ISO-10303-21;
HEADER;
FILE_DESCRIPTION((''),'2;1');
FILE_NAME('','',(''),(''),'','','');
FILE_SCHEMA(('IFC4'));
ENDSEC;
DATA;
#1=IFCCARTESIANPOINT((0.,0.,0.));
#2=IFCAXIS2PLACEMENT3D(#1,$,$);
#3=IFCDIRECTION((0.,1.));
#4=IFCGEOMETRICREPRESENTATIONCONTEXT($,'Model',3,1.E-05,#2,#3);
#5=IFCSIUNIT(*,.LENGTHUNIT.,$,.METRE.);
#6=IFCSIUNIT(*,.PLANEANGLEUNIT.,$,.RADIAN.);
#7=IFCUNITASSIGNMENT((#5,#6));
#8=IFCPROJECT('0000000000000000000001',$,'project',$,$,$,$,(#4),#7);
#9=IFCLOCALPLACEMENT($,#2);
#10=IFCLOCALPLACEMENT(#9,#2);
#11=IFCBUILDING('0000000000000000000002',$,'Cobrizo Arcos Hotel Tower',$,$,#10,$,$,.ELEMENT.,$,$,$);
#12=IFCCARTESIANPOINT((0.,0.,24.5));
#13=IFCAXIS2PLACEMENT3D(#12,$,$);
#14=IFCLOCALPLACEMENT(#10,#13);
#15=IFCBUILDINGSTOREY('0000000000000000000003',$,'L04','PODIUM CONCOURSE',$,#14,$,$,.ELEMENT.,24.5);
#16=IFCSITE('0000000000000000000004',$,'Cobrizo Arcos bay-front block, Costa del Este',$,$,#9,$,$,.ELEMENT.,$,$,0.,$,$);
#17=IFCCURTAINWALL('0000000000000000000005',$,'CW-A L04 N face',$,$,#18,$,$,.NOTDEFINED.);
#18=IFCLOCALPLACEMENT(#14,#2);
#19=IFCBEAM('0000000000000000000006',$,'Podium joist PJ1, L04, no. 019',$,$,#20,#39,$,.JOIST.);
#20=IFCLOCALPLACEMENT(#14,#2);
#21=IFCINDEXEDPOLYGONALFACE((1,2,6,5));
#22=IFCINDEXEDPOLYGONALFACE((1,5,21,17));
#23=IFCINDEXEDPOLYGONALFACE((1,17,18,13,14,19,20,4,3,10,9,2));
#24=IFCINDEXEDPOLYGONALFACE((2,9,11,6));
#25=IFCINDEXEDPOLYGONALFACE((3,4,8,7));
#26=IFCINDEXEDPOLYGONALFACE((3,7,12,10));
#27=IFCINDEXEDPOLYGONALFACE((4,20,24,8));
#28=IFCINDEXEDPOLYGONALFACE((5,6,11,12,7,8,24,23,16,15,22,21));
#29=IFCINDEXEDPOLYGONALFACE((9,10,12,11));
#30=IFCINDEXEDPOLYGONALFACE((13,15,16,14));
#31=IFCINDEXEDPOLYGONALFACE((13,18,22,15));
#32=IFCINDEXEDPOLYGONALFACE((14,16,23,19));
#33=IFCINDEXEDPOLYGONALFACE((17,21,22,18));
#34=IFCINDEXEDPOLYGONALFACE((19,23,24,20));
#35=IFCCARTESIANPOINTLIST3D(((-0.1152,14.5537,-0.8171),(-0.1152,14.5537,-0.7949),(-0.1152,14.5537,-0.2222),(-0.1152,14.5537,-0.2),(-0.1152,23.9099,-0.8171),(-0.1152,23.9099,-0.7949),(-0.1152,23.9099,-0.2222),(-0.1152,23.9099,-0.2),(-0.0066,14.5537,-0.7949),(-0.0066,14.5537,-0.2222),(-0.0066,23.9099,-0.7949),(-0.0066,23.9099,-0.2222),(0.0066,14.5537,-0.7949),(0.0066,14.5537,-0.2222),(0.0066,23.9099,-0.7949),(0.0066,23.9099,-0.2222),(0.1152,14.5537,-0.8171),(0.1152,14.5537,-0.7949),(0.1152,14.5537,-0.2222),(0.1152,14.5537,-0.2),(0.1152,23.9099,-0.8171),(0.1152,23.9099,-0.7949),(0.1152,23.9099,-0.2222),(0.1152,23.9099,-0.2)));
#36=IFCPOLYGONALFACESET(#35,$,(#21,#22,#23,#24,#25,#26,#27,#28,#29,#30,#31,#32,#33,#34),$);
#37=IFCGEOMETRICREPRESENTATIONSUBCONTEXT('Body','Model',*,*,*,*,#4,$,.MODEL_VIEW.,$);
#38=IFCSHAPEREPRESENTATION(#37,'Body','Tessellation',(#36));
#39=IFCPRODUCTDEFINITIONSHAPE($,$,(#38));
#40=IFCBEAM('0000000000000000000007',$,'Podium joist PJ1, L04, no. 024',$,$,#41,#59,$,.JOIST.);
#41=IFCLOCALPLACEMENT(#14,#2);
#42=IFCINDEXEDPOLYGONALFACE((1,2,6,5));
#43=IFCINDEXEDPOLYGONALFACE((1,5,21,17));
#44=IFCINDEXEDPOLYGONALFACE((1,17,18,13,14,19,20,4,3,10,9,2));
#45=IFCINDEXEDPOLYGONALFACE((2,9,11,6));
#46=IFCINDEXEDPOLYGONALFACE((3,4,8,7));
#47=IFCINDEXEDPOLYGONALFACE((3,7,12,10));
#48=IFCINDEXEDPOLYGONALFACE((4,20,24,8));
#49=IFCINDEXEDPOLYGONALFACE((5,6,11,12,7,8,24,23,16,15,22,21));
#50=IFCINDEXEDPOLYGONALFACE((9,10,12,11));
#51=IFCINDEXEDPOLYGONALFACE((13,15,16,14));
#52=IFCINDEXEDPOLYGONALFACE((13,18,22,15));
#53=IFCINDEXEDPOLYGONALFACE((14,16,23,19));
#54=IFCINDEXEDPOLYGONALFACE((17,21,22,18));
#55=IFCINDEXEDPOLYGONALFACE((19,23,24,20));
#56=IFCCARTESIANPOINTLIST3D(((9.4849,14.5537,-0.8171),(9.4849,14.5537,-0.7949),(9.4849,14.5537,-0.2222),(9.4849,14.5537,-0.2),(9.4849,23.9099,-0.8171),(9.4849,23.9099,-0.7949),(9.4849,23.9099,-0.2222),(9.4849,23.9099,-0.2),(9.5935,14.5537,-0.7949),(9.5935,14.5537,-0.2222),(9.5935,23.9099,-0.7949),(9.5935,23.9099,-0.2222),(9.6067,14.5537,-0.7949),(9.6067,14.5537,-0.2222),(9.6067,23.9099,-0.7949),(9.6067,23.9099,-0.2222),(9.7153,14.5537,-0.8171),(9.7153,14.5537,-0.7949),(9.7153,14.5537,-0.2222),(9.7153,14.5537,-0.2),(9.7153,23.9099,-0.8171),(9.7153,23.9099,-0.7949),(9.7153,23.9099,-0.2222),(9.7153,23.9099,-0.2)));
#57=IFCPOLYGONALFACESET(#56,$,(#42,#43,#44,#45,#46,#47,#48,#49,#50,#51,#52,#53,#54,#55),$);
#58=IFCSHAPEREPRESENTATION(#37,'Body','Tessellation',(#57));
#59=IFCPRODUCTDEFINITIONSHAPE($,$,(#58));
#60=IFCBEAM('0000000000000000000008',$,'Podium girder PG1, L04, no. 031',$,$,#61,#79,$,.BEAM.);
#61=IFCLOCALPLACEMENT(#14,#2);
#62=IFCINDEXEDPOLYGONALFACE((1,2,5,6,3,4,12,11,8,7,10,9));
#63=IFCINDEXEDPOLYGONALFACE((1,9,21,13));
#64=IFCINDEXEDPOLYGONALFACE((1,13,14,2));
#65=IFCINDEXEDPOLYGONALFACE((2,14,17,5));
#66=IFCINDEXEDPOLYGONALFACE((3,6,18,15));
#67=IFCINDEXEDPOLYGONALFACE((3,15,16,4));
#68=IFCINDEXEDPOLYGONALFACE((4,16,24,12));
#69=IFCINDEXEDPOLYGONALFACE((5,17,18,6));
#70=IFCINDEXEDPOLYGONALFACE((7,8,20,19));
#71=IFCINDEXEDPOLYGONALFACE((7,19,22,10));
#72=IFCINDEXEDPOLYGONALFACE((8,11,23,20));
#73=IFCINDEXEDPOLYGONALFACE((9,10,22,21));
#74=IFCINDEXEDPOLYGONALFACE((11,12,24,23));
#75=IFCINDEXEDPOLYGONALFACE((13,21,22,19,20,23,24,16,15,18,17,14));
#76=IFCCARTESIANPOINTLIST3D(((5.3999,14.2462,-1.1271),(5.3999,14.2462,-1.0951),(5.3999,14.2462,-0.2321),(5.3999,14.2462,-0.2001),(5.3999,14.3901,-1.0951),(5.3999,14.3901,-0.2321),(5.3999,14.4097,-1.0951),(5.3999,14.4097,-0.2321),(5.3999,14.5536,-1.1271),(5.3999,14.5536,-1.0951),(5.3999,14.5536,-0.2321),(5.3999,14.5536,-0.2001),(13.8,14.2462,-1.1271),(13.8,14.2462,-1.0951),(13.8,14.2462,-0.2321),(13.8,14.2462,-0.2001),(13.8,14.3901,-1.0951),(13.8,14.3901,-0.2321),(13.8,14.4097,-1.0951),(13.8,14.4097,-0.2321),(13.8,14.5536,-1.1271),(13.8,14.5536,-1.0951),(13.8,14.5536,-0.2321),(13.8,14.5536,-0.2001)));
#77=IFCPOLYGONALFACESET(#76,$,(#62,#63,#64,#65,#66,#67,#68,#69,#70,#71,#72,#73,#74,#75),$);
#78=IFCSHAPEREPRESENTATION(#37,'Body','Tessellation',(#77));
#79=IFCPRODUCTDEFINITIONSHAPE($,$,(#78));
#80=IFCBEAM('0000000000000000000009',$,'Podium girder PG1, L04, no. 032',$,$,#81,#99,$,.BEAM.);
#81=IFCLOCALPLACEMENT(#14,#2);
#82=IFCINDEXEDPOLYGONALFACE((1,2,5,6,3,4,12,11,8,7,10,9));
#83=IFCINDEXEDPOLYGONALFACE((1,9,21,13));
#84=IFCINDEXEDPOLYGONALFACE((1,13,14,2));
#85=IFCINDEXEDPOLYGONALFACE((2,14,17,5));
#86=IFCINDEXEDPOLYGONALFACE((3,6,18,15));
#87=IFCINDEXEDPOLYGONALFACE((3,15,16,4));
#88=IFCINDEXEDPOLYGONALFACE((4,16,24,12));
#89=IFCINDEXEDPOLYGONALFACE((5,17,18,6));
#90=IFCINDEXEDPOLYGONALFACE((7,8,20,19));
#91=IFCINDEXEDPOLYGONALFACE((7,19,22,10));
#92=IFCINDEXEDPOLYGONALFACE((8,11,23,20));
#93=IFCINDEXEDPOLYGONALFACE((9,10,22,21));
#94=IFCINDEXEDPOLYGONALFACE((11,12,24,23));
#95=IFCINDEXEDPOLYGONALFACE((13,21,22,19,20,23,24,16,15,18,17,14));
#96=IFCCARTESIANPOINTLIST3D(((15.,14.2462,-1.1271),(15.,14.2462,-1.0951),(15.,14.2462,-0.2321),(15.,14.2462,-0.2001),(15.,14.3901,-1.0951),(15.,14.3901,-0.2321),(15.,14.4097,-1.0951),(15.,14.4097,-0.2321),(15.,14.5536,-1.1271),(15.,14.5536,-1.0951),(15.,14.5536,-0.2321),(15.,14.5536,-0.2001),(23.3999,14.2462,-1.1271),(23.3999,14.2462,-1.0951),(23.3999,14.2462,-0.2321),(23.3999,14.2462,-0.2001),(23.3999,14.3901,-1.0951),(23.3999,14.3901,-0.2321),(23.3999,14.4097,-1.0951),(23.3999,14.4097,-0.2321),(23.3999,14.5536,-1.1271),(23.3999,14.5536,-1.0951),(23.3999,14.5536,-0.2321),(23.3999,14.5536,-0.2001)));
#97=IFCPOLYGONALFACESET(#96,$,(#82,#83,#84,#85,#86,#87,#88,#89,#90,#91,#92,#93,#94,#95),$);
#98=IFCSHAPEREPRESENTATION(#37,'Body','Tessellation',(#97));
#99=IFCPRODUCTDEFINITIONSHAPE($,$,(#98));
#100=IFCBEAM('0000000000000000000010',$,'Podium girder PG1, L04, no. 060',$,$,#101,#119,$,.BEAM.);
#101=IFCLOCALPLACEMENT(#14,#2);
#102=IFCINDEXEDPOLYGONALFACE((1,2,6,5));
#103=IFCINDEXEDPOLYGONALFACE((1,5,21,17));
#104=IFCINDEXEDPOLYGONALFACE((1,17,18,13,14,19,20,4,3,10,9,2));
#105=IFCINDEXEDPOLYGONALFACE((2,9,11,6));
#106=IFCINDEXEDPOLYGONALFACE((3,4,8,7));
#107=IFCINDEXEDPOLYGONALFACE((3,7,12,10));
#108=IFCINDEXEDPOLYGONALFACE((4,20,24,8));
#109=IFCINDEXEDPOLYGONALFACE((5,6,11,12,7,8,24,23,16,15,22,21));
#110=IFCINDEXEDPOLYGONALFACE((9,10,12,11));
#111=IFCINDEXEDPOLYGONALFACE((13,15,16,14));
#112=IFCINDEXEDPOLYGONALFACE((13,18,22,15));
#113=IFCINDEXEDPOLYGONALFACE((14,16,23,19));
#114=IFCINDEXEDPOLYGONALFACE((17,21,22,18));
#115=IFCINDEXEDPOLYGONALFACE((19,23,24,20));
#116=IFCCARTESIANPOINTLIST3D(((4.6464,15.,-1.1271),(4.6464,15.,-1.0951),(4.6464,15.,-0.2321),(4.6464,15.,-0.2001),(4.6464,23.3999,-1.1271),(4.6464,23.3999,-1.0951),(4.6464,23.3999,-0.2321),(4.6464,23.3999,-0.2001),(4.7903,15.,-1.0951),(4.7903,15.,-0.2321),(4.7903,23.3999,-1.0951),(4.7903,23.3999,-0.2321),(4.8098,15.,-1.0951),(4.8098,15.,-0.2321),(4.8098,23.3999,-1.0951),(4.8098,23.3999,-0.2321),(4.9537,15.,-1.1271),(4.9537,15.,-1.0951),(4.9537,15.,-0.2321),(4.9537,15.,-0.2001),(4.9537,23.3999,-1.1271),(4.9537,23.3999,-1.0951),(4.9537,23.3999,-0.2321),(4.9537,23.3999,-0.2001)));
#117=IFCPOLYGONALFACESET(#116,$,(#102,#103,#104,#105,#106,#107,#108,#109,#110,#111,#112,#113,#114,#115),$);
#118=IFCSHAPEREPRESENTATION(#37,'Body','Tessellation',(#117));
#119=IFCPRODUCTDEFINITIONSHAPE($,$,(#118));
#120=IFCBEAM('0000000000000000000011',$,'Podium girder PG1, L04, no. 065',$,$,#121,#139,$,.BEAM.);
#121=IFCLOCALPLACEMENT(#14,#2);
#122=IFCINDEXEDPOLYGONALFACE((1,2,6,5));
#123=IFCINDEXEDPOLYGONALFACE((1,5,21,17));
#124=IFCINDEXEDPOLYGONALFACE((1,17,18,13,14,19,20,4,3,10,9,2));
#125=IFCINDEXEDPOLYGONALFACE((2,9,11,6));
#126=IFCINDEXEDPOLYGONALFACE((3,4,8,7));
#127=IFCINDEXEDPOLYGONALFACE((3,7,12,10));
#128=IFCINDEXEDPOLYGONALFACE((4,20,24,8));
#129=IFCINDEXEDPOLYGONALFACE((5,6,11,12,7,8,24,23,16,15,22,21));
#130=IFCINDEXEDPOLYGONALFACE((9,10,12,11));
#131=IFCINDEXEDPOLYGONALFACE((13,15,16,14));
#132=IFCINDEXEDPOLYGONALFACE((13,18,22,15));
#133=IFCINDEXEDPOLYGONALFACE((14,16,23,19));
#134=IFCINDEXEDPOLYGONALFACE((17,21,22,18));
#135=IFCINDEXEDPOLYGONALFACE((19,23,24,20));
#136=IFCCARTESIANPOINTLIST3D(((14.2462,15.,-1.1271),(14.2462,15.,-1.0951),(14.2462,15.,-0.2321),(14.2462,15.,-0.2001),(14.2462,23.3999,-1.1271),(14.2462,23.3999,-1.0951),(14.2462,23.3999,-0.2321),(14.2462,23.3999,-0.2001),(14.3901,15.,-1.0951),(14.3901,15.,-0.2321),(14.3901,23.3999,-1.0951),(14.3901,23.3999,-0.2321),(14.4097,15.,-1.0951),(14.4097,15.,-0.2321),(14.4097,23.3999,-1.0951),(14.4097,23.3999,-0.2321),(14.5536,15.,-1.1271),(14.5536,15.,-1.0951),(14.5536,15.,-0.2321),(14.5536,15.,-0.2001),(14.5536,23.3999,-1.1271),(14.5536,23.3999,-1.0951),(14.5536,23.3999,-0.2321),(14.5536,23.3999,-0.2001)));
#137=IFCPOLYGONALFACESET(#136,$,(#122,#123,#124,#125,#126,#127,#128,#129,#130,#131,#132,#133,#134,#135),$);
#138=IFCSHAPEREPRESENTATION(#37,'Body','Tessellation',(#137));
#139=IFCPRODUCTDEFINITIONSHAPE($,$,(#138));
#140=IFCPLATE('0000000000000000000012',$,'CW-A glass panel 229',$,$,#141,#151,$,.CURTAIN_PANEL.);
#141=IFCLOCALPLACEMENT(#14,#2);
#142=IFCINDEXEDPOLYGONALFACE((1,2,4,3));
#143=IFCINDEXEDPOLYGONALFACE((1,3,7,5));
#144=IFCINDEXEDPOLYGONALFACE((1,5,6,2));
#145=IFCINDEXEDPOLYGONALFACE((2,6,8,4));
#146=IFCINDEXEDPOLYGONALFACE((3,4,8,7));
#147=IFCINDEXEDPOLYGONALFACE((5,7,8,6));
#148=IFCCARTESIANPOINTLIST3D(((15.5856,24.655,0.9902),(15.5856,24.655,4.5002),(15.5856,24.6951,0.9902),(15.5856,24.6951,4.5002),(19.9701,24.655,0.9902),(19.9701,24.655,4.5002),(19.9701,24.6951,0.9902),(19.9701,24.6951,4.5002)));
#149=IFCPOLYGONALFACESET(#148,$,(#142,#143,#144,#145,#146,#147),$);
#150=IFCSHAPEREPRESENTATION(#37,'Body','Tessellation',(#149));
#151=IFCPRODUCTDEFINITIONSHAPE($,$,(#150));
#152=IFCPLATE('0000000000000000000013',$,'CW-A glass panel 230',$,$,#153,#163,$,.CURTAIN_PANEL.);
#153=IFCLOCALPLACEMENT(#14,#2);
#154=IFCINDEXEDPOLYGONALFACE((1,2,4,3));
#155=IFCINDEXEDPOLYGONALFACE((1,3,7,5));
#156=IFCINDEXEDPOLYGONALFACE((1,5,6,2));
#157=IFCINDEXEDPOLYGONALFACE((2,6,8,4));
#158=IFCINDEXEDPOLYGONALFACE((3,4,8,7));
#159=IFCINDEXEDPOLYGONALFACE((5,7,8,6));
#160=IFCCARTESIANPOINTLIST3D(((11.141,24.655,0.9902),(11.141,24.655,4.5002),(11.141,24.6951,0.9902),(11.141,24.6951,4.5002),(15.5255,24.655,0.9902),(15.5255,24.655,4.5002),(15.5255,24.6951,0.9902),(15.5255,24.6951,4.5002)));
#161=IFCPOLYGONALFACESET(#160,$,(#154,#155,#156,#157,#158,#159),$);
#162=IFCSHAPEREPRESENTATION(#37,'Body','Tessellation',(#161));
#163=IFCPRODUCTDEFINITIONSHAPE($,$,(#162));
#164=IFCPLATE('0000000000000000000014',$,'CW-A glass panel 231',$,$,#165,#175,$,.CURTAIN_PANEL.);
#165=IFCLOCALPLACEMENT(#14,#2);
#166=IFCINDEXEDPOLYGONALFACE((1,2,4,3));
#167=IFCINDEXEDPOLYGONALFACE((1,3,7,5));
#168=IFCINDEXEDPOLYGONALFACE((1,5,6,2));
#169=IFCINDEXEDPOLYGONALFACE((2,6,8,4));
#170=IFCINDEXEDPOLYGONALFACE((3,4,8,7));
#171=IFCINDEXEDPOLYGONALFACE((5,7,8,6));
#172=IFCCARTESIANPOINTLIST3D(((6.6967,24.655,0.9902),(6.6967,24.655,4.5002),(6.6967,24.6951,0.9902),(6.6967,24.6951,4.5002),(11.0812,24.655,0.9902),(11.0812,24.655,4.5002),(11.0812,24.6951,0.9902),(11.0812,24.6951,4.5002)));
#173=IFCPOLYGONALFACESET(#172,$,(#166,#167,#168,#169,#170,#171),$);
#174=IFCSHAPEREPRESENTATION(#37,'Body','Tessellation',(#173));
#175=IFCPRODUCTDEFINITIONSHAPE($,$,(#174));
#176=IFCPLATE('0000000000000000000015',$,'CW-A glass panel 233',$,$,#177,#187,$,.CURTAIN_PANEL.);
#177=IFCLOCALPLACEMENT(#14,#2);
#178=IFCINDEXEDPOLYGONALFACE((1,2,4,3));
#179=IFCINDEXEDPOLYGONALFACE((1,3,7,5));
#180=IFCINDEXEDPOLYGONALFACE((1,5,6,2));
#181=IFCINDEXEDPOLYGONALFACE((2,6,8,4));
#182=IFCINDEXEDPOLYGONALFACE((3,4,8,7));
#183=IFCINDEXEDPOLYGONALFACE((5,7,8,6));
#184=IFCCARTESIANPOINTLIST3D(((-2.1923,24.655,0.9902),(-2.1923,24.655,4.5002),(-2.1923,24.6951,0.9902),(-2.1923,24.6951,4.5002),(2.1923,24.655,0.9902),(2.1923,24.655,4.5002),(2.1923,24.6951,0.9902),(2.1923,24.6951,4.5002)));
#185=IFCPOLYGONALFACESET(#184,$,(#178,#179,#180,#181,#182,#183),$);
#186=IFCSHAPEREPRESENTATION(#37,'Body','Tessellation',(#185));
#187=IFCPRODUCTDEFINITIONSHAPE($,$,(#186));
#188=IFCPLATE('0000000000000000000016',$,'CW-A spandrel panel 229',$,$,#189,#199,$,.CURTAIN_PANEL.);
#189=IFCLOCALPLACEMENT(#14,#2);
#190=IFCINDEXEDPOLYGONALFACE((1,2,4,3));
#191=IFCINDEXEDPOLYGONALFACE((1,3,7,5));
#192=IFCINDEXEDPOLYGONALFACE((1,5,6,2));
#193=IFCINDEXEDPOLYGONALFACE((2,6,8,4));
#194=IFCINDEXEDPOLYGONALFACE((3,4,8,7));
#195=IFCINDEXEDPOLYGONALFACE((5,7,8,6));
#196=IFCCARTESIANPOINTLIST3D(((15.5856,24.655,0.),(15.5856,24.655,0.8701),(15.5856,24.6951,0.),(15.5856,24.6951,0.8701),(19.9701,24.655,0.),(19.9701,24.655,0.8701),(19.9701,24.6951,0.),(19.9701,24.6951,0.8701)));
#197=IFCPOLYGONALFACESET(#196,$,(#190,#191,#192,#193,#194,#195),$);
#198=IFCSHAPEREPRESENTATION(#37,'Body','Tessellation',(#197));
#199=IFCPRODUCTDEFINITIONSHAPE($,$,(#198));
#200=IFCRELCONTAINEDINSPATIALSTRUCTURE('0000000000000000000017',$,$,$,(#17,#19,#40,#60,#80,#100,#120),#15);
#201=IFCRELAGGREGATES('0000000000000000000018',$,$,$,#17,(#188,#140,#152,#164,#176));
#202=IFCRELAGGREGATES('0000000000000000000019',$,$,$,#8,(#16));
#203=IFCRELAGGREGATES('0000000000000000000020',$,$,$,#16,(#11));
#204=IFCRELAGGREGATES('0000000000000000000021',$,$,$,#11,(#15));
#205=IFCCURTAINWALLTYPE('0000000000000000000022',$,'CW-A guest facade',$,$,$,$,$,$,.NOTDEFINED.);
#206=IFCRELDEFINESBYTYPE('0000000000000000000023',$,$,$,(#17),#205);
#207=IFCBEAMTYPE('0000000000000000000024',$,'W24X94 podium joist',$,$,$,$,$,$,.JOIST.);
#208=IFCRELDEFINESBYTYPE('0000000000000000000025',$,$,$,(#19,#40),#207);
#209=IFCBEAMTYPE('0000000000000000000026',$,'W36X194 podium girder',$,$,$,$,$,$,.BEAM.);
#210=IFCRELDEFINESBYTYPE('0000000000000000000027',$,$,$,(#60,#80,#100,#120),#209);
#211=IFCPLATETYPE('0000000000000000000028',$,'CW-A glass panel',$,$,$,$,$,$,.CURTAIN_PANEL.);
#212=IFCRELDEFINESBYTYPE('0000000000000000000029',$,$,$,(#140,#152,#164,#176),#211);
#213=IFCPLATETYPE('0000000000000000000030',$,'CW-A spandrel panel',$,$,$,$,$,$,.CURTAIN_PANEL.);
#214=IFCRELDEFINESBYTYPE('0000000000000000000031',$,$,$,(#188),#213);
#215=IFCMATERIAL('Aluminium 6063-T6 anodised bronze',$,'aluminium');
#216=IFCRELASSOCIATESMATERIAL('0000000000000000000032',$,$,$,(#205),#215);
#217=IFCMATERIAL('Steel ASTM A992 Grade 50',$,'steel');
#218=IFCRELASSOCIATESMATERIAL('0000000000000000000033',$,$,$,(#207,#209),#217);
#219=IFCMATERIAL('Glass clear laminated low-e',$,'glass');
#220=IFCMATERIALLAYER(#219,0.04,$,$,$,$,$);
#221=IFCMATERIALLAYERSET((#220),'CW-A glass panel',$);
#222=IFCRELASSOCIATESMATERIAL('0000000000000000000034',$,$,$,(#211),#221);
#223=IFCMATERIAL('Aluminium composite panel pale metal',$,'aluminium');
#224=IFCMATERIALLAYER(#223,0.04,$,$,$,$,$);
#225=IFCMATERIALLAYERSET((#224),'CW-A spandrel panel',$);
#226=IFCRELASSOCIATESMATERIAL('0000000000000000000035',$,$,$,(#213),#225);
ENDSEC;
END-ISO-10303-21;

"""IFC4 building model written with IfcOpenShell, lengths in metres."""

from ifc_helpers import new_model, si_unit, direction, frame, origin, origin_2d, place, context, subcontext, project, spatial, rectangle, i_section, extrude, material, layer, layer_set, material_profile, profile_set, type_object, element, aggregate, save


model = new_model("IFC4")

# Units and contexts
model_context = context("Model", 3, precision=1e-05, world=origin(), true_north=direction((0.0, 1.0)))
body_context = subcontext(model_context, "Body", "Model", "MODEL_VIEW")
ifc_project = project(units=[si_unit("LENGTHUNIT", "METRE"), si_unit("PLANEANGLEUNIT", "RADIAN")], contexts=[model_context])

# Site, building, storey
site_placement = place(None, origin())
site = spatial("IfcSite", under=ifc_project, at=site_placement, Name="Cobrizo Arcos bay-front block, Costa del Este", CompositionType="ELEMENT", RefElevation=0.0)
building_placement = place(site_placement, origin())
building = spatial("IfcBuilding", under=site, at=building_placement, Name="Cobrizo Arcos Hotel Tower", CompositionType="ELEMENT")
storey_placement = place(building_placement, frame((0.0, 0.0, 24.5)))
storey = spatial("IfcBuildingStorey", under=building, at=storey_placement, Name="L04", Description="PODIUM CONCOURSE", CompositionType="ELEMENT", Elevation=24.5)

# Curtain wall
ifc_material_1 = material(Name="Aluminium 6063-T6 anodised bronze", Category="aluminium")
curtain_wall_type = type_object("IfcCurtainWallType", Name="CW-A guest facade", PredefinedType="NOTDEFINED", material=ifc_material_1)
curtain_wall_placement = place(storey_placement, origin())
curtain_wall = element("IfcCurtainWall", 1, at=curtain_wall_placement, inside=storey, type_object=curtain_wall_type, Name="CW-A L04 N face", PredefinedType="NOTDEFINED")

# Beams
ifc_material_2 = material(Name="Steel ASTM A992 Grade 50", Category="steel")
ifc_material_profile_1 = material_profile(ifc_material_2, i_section(OverallWidth=0.2305, OverallDepth=0.6172, WebThickness=0.0132, FlangeThickness=0.0222, at=origin_2d()), Name="W24X94")
ifc_profile_set_1 = profile_set([ifc_material_profile_1], Name="Steel ASTM A992 Grade 50")
beam_type_1 = type_object("IfcBeamType", Name="W24X94 podium joist", PredefinedType="JOIST", material=ifc_profile_set_1)
for number, where, z_axis, x_axis, name in (
    (2, (0.0, 14.5537, -0.5085), (0.0, 1.0, 0.0), (-1.0, 0.0, 0.0), "Podium joist PJ1, L04, no. 019"),
    (3, (9.6001, 14.5537, -0.5085), (0.0, 1.0, 0.0), (-1.0, 0.0, 0.0), "Podium joist PJ1, L04, no. 024"),
):
    element("IfcBeam", number, at=place(storey_placement, frame(where, z_axis=z_axis, x_axis=x_axis)), inside=storey, type_object=beam_type_1, Name=name, PredefinedType="JOIST", context=body_context, shape_type="SweptSolid", body=[
        extrude(i_section(OverallWidth=0.2305, OverallDepth=0.6172, WebThickness=0.0132, FlangeThickness=0.0222, at=origin_2d()), origin(), (0.0, 0.0, 1.0), 9.3562),
    ])
ifc_material_profile_2 = material_profile(ifc_material_2, i_section(OverallWidth=0.3074, OverallDepth=0.927, WebThickness=0.0195, FlangeThickness=0.032, at=origin_2d()), Name="W36X194")
ifc_profile_set_2 = profile_set([ifc_material_profile_2], Name="Steel ASTM A992 Grade 50")
beam_type_2 = type_object("IfcBeamType", Name="W36X194 podium girder", PredefinedType="BEAM", material=ifc_profile_set_2)
beam_1_placement = place(storey_placement, frame((5.3999, 14.3999, -0.6636), z_axis=(1.0, 0.0, 0.0), x_axis=(0.0, 1.0, 0.0)))
element("IfcBeam", 4, at=beam_1_placement, inside=storey, type_object=beam_type_2, Name="Podium girder PG1, L04, no. 031", PredefinedType="BEAM", context=body_context, shape_type="SweptSolid", body=[
    extrude(i_section(OverallWidth=0.3074, OverallDepth=0.927, WebThickness=0.0195, FlangeThickness=0.032, at=origin_2d()), origin(), (0.0, 0.0, 1.0), 8.4001),
])
for number, where, z_axis, x_axis, name in (
    (5, (15.0, 14.3999, -0.6636), (1.0, 0.0, 0.0), (0.0, 1.0, 0.0), "Podium girder PG1, L04, no. 032"),
    (6, (4.8, 15.0, -0.6636), (0.0, 1.0, 0.0), (-1.0, 0.0, 0.0), "Podium girder PG1, L04, no. 060"),
    (7, (14.3999, 15.0, -0.6636), (0.0, 1.0, 0.0), (-1.0, 0.0, 0.0), "Podium girder PG1, L04, no. 065"),
):
    element("IfcBeam", number, at=place(storey_placement, frame(where, z_axis=z_axis, x_axis=x_axis)), inside=storey, type_object=beam_type_2, Name=name, PredefinedType="BEAM", context=body_context, shape_type="SweptSolid", body=[
        extrude(i_section(OverallWidth=0.3074, OverallDepth=0.927, WebThickness=0.0195, FlangeThickness=0.032, at=origin_2d()), origin(), (0.0, 0.0, 1.0), 8.3999),
    ])

# Plates
ifc_material_3 = material(Name="Glass clear laminated low-e", Category="glass")
ifc_layer_1 = layer(ifc_material_3, 0.04)
ifc_layer_set_1 = layer_set([ifc_layer_1], Name="CW-A glass panel")
plate_type_1 = type_object("IfcPlateType", Name="CW-A glass panel", PredefinedType="CURTAIN_PANEL", material=ifc_layer_set_1)
plate_1_placement = place(storey_placement, frame((17.7778, 24.675, 0.9902), z_axis=(0.0, 0.0, 1.0), x_axis=(-1.0, 0.0, 0.0)))
plate_1 = element("IfcPlate", 8, at=plate_1_placement, type_object=plate_type_1, Name="CW-A glass panel 229", PredefinedType="CURTAIN_PANEL", context=body_context, shape_type="SweptSolid", body=[
    extrude(rectangle(XDim=4.3845, YDim=0.04, at=origin_2d()), origin(), (0.0, 0.0, 1.0), 3.51),
])
plate_2_placement = place(storey_placement, frame((13.3333, 24.675, 0.9902), z_axis=(0.0, 0.0, 1.0), x_axis=(-1.0, 0.0, 0.0)))
plate_2 = element("IfcPlate", 9, at=plate_2_placement, type_object=plate_type_1, Name="CW-A glass panel 230", PredefinedType="CURTAIN_PANEL", context=body_context, shape_type="SweptSolid", body=[
    extrude(rectangle(XDim=4.3845, YDim=0.04, at=origin_2d()), origin(), (0.0, 0.0, 1.0), 3.51),
])
plate_3_placement = place(storey_placement, frame((8.8889, 24.675, 0.9902), z_axis=(0.0, 0.0, 1.0), x_axis=(-1.0, 0.0, 0.0)))
plate_3 = element("IfcPlate", 10, at=plate_3_placement, type_object=plate_type_1, Name="CW-A glass panel 231", PredefinedType="CURTAIN_PANEL", context=body_context, shape_type="SweptSolid", body=[
    extrude(rectangle(XDim=4.3845, YDim=0.04, at=origin_2d()), origin(), (0.0, 0.0, 1.0), 3.51),
])
plate_4_placement = place(storey_placement, frame((0.0, 24.675, 0.9902), z_axis=(0.0, 0.0, 1.0), x_axis=(-1.0, 0.0, 0.0)))
plate_4 = element("IfcPlate", 11, at=plate_4_placement, type_object=plate_type_1, Name="CW-A glass panel 233", PredefinedType="CURTAIN_PANEL", context=body_context, shape_type="SweptSolid", body=[
    extrude(rectangle(XDim=4.3845, YDim=0.04, at=origin_2d()), origin(), (0.0, 0.0, 1.0), 3.51),
])
ifc_material_4 = material(Name="Aluminium composite panel pale metal", Category="aluminium")
ifc_layer_2 = layer(ifc_material_4, 0.04)
ifc_layer_set_2 = layer_set([ifc_layer_2], Name="CW-A spandrel panel")
plate_type_2 = type_object("IfcPlateType", Name="CW-A spandrel panel", PredefinedType="CURTAIN_PANEL", material=ifc_layer_set_2)
plate_5_placement = place(storey_placement, frame((17.7778, 24.675, 0.0), z_axis=(0.0, 0.0, 1.0), x_axis=(-1.0, 0.0, 0.0)))
plate_5 = element("IfcPlate", 12, at=plate_5_placement, type_object=plate_type_2, Name="CW-A spandrel panel 229", PredefinedType="CURTAIN_PANEL", context=body_context, shape_type="SweptSolid", body=[
    extrude(rectangle(XDim=4.3845, YDim=0.04, at=origin_2d()), origin(), (0.0, 0.0, 1.0), 0.8701),
])
aggregate(curtain_wall, [plate_5, plate_1, plate_2, plate_3, plate_4])

save(model, "model.ifc")
